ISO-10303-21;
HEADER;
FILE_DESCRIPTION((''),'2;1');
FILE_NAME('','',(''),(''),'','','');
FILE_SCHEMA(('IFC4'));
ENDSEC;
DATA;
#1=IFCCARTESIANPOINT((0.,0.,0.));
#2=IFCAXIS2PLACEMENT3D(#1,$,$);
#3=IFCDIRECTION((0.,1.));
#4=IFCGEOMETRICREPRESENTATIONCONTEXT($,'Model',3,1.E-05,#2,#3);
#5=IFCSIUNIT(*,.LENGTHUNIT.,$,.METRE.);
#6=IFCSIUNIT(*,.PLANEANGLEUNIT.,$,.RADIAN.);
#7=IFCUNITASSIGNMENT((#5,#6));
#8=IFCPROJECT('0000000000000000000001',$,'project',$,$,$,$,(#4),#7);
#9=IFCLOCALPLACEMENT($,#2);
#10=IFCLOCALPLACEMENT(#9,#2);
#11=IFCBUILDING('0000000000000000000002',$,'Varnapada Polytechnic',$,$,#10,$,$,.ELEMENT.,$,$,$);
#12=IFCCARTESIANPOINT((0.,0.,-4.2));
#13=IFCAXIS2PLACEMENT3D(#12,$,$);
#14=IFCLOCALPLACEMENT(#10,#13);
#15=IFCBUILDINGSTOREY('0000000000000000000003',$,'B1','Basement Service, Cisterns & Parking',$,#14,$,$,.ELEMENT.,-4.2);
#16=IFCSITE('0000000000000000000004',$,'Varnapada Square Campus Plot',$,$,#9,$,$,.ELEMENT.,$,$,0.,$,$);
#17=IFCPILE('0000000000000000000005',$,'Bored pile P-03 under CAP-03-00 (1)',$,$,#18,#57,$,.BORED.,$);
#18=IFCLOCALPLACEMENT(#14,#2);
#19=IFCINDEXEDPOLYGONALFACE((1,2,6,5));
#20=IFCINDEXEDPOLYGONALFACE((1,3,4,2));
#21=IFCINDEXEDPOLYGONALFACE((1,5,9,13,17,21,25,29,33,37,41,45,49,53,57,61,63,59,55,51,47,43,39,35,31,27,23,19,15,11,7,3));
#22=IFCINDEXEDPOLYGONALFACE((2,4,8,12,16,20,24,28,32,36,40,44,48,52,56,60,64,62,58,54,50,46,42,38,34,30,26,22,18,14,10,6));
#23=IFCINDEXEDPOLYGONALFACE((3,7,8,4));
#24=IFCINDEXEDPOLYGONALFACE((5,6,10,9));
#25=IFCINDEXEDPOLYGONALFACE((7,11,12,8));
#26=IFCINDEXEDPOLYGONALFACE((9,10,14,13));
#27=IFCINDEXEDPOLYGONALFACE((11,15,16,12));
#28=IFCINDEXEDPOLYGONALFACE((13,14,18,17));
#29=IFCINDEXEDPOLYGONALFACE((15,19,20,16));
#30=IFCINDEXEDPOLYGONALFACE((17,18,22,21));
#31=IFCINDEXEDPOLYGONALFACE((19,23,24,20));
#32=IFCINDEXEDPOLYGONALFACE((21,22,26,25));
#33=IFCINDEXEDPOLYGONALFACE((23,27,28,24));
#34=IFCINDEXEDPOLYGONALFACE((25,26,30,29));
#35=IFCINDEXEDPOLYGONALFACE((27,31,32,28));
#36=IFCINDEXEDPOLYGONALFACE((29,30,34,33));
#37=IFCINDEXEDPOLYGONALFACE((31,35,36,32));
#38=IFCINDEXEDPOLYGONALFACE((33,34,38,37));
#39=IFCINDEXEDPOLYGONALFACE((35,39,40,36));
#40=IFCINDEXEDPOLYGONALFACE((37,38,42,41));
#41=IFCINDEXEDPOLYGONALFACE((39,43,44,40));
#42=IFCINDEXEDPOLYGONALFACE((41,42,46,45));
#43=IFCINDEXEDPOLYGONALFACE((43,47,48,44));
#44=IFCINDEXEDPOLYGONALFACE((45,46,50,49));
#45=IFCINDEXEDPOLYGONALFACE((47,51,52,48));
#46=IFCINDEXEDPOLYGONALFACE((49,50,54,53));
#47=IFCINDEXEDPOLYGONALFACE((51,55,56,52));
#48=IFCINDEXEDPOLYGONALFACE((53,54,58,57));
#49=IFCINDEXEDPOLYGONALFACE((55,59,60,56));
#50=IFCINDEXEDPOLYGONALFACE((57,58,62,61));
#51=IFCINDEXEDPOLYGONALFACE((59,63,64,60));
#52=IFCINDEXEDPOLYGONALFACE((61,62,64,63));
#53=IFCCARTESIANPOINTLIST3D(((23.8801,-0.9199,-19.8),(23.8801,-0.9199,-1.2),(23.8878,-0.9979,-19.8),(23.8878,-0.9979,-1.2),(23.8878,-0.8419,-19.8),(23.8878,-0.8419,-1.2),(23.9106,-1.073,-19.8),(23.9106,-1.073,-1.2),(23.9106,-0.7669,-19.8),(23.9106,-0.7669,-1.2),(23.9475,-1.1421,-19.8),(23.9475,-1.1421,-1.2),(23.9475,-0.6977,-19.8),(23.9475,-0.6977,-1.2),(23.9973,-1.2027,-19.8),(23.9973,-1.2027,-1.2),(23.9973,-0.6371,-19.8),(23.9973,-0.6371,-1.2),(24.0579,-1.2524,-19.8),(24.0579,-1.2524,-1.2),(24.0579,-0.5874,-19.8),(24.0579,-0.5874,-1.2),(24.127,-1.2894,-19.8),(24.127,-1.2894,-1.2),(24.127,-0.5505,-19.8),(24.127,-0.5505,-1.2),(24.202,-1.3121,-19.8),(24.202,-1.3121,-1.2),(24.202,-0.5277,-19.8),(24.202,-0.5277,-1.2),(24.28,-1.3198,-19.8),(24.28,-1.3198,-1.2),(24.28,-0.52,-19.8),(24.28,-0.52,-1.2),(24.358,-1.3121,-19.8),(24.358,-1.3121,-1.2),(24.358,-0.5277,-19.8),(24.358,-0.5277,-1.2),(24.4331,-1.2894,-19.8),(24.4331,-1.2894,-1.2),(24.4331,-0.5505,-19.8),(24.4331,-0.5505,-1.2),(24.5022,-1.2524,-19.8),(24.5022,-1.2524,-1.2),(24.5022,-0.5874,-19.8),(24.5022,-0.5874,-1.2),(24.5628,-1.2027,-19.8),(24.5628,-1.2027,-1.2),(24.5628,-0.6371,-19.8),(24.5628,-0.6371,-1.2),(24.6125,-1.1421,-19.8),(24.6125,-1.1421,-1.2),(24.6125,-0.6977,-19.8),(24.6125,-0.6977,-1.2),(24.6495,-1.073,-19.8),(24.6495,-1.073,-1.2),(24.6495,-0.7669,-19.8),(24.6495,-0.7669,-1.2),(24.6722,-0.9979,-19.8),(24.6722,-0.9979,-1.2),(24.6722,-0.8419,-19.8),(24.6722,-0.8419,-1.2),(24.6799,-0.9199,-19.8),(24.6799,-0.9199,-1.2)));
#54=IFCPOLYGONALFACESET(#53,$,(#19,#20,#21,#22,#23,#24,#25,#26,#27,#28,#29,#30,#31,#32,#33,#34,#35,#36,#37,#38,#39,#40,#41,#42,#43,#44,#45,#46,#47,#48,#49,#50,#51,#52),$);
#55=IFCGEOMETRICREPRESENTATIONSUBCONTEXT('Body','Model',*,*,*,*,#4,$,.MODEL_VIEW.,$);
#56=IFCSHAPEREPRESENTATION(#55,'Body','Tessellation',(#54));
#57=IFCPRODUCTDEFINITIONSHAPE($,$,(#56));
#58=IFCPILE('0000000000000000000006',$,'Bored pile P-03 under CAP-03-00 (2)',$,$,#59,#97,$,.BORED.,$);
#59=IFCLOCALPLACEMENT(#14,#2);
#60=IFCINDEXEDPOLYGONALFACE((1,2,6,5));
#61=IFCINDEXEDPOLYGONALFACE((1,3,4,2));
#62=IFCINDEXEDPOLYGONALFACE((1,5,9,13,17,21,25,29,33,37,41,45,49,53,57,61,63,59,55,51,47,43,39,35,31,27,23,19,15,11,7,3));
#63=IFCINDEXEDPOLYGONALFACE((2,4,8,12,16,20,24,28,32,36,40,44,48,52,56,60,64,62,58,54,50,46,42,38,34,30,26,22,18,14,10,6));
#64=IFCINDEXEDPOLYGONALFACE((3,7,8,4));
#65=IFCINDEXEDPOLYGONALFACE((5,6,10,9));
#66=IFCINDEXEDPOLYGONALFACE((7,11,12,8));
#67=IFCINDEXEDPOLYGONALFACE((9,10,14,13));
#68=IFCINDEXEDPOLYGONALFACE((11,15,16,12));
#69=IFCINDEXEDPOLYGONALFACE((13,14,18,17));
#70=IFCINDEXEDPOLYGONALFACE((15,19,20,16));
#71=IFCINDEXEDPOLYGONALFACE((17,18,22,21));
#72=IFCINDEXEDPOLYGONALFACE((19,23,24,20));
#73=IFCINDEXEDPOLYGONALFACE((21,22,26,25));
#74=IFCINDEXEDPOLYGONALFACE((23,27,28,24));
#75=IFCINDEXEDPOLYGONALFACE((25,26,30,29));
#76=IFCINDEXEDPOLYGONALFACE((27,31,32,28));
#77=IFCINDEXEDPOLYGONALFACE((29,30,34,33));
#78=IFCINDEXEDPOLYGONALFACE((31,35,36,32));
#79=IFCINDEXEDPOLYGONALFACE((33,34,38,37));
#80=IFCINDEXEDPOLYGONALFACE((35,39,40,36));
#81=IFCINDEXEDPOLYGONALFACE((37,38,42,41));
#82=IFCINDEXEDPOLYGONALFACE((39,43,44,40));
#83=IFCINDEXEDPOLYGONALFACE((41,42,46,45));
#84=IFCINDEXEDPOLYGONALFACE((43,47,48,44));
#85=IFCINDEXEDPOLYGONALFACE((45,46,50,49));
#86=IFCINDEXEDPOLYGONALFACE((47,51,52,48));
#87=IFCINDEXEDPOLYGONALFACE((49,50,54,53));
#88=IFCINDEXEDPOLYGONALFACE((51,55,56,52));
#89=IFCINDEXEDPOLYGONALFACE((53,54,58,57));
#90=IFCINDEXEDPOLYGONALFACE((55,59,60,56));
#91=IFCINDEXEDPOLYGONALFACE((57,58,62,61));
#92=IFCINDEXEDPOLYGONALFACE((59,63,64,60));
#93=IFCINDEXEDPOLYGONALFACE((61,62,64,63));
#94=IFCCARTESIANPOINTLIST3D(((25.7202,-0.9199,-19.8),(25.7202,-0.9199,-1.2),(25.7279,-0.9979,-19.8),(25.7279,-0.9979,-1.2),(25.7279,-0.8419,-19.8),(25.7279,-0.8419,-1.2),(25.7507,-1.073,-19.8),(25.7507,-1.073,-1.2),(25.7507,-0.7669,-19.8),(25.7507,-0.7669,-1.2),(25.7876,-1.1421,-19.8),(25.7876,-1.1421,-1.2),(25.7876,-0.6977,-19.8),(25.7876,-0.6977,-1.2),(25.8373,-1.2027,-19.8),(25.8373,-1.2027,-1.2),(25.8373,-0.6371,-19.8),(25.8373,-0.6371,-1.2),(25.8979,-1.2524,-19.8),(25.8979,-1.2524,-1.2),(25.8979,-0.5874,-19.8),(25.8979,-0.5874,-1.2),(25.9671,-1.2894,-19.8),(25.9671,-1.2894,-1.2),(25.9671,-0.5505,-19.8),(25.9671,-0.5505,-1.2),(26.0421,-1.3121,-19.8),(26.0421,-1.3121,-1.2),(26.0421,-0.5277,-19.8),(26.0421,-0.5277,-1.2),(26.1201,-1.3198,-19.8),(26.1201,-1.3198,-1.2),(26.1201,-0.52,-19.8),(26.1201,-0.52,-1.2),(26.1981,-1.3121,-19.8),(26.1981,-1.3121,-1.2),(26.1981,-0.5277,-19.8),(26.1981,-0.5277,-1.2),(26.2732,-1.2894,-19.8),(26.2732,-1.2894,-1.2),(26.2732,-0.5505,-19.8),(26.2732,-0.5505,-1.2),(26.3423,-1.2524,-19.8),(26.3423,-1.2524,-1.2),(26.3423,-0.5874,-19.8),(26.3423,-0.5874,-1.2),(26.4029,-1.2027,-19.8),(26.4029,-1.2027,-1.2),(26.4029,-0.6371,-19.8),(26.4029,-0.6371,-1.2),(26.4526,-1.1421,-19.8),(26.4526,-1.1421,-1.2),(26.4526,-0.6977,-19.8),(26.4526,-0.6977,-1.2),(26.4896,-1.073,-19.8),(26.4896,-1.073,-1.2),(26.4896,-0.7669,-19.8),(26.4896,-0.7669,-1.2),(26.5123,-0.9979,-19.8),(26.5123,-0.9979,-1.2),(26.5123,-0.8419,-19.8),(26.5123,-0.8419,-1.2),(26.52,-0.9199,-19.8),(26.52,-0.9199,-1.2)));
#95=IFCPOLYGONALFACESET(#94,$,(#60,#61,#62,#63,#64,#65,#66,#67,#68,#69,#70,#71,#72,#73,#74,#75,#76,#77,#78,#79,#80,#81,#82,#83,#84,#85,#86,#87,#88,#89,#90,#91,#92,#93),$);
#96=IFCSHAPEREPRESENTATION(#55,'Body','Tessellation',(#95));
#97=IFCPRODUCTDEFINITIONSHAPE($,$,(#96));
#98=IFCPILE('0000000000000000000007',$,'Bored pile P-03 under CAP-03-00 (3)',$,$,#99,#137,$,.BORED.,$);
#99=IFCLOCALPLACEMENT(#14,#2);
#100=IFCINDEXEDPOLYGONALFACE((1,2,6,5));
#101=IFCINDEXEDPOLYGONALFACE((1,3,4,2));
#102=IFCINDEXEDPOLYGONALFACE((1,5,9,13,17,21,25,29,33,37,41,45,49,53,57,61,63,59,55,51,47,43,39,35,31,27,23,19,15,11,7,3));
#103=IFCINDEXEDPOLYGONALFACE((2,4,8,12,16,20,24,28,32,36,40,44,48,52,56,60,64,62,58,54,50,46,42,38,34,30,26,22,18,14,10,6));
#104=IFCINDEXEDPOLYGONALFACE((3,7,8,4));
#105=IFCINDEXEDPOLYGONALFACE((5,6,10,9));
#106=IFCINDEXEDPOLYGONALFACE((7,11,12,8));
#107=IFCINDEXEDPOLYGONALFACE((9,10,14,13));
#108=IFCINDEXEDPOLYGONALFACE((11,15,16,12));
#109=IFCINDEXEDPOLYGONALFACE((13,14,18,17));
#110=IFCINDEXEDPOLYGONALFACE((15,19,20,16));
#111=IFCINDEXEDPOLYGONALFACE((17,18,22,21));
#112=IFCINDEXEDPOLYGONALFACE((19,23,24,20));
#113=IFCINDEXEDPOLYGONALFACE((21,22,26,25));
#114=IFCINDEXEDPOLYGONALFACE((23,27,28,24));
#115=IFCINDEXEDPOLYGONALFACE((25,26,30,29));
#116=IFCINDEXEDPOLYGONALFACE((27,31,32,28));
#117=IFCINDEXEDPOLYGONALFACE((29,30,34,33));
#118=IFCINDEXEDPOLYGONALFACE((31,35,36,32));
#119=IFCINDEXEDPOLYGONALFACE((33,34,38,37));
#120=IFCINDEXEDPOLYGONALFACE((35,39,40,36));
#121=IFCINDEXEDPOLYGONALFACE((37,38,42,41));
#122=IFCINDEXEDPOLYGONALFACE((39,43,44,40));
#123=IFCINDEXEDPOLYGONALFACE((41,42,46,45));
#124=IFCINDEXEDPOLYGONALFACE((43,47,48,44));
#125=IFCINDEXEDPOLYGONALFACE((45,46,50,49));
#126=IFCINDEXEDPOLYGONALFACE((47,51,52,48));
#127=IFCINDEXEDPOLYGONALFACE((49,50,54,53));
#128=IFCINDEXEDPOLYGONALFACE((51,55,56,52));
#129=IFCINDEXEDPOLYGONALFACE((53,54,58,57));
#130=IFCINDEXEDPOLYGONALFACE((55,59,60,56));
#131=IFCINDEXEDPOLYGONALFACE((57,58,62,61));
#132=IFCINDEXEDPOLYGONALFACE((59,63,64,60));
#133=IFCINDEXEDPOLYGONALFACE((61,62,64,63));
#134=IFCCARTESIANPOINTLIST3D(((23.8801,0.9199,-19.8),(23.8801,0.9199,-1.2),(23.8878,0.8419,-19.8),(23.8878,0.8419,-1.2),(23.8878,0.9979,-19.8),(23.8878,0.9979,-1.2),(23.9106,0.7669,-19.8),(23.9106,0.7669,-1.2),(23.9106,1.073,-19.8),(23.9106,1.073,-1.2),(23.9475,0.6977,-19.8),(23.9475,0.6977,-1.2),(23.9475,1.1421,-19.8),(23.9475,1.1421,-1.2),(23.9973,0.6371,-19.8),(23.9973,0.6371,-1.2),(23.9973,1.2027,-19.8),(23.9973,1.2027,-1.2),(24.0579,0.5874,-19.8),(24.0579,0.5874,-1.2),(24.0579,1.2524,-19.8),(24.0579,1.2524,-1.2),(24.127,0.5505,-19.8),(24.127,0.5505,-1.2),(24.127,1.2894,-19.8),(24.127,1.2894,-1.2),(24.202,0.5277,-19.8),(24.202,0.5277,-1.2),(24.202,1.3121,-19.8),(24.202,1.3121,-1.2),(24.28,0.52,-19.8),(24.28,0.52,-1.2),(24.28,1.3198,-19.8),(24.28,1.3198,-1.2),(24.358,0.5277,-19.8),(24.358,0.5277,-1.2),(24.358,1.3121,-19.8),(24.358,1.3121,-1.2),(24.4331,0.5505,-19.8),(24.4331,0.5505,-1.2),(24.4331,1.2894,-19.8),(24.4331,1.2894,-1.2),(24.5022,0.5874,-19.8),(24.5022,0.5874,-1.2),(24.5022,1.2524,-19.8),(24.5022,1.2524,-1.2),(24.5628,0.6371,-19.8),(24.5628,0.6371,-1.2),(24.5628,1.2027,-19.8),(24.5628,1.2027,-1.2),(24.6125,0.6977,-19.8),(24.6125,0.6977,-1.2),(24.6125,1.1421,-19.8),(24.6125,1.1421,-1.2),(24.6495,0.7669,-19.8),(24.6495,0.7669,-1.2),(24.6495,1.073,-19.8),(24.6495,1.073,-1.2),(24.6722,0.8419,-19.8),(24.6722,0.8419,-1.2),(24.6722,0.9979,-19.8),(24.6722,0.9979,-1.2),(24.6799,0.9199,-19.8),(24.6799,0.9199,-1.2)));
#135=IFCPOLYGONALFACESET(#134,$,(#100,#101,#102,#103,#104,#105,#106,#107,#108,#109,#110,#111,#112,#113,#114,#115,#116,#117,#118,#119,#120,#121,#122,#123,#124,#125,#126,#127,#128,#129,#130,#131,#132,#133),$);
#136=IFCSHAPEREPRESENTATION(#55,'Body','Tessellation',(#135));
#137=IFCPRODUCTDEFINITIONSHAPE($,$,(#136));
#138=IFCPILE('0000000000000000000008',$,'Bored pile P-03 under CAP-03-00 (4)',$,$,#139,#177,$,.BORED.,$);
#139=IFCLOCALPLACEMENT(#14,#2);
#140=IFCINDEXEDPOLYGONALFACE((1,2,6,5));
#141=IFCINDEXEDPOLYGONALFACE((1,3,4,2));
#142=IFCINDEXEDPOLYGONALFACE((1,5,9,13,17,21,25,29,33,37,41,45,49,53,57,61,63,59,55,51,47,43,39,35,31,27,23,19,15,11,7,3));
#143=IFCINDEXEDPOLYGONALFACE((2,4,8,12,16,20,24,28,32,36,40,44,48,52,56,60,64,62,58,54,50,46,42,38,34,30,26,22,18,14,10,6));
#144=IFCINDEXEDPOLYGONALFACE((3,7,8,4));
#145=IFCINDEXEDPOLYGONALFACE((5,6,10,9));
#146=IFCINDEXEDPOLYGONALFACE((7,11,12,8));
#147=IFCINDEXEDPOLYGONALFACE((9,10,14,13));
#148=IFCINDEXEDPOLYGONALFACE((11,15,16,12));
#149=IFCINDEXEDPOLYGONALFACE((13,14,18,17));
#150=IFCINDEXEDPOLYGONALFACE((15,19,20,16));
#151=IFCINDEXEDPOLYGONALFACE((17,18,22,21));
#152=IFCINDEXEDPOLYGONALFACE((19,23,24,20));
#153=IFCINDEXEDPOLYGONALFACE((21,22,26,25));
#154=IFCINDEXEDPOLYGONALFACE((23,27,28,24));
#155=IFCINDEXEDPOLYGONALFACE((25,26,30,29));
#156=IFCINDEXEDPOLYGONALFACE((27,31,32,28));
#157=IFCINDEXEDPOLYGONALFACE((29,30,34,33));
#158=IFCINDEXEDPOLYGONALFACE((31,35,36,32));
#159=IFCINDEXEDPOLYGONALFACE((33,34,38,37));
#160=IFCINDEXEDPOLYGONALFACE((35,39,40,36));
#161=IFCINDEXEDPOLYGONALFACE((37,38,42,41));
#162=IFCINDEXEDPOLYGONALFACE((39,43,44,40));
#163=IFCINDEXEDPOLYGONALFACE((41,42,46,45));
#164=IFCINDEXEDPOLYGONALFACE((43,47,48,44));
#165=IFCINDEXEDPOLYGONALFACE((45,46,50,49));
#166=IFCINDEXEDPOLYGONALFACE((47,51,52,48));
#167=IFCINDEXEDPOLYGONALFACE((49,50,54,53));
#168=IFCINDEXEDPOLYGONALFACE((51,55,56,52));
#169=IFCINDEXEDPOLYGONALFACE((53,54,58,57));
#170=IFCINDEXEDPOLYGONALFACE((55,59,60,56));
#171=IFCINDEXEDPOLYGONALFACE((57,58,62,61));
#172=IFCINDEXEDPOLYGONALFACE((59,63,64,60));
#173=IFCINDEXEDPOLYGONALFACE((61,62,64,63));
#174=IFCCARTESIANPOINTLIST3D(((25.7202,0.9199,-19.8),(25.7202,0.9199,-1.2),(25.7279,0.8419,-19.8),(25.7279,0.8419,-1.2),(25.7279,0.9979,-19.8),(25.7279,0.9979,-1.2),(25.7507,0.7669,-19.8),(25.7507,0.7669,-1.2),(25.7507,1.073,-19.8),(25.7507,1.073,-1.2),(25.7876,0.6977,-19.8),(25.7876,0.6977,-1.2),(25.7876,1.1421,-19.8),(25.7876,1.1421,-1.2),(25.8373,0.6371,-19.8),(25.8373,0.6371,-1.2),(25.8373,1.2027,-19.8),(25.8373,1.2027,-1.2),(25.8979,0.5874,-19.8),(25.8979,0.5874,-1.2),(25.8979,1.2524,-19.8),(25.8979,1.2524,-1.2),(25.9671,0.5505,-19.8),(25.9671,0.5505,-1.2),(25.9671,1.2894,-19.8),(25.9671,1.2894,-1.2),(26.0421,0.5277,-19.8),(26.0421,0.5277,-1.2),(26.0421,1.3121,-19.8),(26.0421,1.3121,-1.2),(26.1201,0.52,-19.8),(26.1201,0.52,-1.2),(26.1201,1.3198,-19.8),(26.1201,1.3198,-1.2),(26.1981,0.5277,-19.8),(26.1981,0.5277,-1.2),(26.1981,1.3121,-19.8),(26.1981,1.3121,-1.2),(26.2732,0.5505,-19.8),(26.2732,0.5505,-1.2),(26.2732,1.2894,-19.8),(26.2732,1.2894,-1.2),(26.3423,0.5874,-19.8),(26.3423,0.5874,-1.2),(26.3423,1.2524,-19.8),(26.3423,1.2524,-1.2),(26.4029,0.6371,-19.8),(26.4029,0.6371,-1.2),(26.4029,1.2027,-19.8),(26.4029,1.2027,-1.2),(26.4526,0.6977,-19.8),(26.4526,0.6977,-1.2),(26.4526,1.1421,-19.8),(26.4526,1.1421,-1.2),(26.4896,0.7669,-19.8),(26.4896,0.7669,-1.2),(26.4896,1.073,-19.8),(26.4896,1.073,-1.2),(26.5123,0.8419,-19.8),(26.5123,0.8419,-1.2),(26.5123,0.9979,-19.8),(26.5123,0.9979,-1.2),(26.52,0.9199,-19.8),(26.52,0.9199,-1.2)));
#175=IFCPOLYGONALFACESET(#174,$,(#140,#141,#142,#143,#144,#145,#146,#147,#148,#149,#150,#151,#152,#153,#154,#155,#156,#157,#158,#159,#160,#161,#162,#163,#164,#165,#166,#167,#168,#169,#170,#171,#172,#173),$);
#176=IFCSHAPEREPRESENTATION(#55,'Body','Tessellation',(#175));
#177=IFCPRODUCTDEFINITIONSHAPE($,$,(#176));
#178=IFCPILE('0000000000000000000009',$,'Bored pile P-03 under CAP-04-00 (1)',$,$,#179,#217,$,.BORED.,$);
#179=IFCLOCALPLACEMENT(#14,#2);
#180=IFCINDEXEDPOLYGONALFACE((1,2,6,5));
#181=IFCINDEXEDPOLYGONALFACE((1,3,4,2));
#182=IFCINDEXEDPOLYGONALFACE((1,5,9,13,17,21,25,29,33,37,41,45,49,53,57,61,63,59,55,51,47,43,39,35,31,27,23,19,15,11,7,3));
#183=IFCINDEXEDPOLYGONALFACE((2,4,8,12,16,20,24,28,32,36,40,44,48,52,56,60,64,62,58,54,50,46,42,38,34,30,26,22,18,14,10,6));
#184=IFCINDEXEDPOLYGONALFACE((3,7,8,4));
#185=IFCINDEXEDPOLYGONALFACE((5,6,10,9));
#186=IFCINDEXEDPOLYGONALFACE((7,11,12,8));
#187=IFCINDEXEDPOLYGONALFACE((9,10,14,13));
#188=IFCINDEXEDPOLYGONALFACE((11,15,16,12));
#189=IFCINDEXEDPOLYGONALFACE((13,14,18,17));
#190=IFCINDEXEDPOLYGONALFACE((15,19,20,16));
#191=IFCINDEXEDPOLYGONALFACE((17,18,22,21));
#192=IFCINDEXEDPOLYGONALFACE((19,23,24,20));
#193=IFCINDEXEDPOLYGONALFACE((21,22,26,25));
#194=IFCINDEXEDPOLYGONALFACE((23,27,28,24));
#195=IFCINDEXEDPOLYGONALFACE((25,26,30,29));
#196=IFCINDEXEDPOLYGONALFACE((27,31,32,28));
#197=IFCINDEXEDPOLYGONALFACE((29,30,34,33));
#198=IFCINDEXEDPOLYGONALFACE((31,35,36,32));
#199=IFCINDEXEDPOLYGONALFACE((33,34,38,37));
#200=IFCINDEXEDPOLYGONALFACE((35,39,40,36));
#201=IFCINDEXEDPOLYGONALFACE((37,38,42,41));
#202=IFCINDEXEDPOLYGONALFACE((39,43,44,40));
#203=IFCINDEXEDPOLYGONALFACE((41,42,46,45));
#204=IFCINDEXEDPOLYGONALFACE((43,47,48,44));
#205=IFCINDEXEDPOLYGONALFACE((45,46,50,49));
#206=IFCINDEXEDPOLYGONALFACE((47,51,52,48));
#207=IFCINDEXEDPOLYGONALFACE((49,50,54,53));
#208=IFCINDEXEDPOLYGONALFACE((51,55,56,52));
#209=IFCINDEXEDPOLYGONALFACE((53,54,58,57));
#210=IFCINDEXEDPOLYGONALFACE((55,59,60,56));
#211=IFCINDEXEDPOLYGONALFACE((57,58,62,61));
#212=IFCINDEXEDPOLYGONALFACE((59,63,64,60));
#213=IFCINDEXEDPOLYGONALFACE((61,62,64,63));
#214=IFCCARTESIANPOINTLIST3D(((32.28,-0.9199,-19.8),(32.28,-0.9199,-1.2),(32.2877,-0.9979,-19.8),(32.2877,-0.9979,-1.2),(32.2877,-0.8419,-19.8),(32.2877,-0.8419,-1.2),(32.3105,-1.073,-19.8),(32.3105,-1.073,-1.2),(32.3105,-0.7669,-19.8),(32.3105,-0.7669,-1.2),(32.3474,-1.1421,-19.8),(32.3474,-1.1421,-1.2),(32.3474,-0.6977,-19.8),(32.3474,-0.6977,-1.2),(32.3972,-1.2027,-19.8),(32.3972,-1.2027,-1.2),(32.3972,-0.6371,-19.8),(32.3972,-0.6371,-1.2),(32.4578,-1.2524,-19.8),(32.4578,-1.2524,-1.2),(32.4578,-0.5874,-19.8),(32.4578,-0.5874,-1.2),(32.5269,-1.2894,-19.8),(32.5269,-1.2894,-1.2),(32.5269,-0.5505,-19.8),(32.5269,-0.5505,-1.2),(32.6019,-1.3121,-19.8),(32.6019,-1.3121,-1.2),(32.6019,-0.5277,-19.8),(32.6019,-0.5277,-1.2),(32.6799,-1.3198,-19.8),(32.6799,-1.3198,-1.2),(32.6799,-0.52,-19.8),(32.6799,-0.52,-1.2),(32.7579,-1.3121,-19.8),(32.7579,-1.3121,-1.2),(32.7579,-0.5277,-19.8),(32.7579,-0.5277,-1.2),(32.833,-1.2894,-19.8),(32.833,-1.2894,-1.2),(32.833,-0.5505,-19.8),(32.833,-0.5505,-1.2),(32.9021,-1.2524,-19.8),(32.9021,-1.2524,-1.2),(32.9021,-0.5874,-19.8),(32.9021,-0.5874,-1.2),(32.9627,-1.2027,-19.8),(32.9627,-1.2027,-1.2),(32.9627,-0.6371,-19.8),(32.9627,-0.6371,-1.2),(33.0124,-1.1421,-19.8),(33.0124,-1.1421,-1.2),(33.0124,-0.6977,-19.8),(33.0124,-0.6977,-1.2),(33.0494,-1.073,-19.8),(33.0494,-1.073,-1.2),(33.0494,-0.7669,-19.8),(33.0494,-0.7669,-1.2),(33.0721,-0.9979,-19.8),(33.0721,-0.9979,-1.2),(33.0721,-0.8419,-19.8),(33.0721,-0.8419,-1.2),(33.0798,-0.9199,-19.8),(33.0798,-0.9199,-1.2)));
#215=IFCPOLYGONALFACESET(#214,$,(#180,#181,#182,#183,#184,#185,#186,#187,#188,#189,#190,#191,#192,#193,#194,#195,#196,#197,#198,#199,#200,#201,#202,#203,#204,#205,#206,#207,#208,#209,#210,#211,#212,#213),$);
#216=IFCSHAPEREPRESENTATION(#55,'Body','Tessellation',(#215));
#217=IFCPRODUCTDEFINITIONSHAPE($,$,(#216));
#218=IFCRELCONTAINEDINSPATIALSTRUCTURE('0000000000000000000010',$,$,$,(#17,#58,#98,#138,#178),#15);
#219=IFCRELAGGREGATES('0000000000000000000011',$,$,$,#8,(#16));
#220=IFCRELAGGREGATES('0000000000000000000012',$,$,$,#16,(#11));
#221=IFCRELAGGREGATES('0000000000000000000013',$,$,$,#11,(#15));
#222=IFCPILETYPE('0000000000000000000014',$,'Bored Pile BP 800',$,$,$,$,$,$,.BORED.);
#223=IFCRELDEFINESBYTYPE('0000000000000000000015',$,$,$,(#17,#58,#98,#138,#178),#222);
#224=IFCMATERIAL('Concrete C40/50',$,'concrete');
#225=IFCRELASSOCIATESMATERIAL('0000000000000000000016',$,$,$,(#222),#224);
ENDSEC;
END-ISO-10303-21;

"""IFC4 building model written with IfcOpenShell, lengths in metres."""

from ifc_helpers import new_model, si_unit, direction, frame, origin, origin_2d, place, context, subcontext, project, spatial, circle, extrude, material, material_profile, profile_set, type_object, element, save


model = new_model("IFC4")

# Units and contexts
model_context = context("Model", 3, precision=1e-05, world=origin(), true_north=direction((0.0, 1.0)))
body_context = subcontext(model_context, "Body", "Model", "MODEL_VIEW")
ifc_project = project(units=[si_unit("LENGTHUNIT", "METRE"), si_unit("PLANEANGLEUNIT", "RADIAN")], contexts=[model_context])

# Site, building, storey
site_placement = place(None, origin())
site = spatial("IfcSite", under=ifc_project, at=site_placement, Name="Varnapada Square Campus Plot", CompositionType="ELEMENT", RefElevation=0.0)
building_placement = place(site_placement, origin())
building = spatial("IfcBuilding", under=site, at=building_placement, Name="Varnapada Polytechnic", CompositionType="ELEMENT")
storey_placement = place(building_placement, frame((0.0, 0.0, -4.2)))
storey = spatial("IfcBuildingStorey", under=building, at=storey_placement, Name="B1", Description="Basement Service, Cisterns & Parking", CompositionType="ELEMENT", Elevation=-4.2)

# Piles
ifc_material_1 = material(Name="Concrete C40/50", Category="concrete")
ifc_material_profile_1 = material_profile(ifc_material_1, circle(Radius=0.3999, at=origin_2d()), Name="BP 800")
ifc_profile_set_1 = profile_set([ifc_material_profile_1], Name="Concrete C40/50")
pile_type_1 = type_object("IfcPileType", Name="Bored Pile BP 800", PredefinedType="BORED", material=ifc_profile_set_1)
for number, where, z_axis, x_axis, name in (
    (1, (24.28, -0.9199, -1.2), (0.0, 0.0, -1.0), (1.0, 0.0, 0.0), "Bored pile P-03 under CAP-03-00 (1)"),
    (2, (26.1201, -0.9199, -1.2), (0.0, 0.0, -1.0), (1.0, 0.0, 0.0), "Bored pile P-03 under CAP-03-00 (2)"),
    (3, (24.28, 0.9199, -1.2), (0.0, 0.0, -1.0), (1.0, 0.0, 0.0), "Bored pile P-03 under CAP-03-00 (3)"),
    (4, (26.1201, 0.9199, -1.2), (0.0, 0.0, -1.0), (1.0, 0.0, 0.0), "Bored pile P-03 under CAP-03-00 (4)"),
    (5, (32.6799, -0.9199, -1.2), (0.0, 0.0, -1.0), (1.0, 0.0, 0.0), "Bored pile P-03 under CAP-04-00 (1)"),
):
    element("IfcPile", number, at=place(storey_placement, frame(where, z_axis=z_axis, x_axis=x_axis)), inside=storey, type_object=pile_type_1, Name=name, PredefinedType="BORED", context=body_context, shape_type="SweptSolid", body=[
        extrude(circle(Radius=0.3999, at=origin_2d()), origin(), (0.0, 0.0, 1.0), 18.6001),
    ])

save(model, "model.ifc")
